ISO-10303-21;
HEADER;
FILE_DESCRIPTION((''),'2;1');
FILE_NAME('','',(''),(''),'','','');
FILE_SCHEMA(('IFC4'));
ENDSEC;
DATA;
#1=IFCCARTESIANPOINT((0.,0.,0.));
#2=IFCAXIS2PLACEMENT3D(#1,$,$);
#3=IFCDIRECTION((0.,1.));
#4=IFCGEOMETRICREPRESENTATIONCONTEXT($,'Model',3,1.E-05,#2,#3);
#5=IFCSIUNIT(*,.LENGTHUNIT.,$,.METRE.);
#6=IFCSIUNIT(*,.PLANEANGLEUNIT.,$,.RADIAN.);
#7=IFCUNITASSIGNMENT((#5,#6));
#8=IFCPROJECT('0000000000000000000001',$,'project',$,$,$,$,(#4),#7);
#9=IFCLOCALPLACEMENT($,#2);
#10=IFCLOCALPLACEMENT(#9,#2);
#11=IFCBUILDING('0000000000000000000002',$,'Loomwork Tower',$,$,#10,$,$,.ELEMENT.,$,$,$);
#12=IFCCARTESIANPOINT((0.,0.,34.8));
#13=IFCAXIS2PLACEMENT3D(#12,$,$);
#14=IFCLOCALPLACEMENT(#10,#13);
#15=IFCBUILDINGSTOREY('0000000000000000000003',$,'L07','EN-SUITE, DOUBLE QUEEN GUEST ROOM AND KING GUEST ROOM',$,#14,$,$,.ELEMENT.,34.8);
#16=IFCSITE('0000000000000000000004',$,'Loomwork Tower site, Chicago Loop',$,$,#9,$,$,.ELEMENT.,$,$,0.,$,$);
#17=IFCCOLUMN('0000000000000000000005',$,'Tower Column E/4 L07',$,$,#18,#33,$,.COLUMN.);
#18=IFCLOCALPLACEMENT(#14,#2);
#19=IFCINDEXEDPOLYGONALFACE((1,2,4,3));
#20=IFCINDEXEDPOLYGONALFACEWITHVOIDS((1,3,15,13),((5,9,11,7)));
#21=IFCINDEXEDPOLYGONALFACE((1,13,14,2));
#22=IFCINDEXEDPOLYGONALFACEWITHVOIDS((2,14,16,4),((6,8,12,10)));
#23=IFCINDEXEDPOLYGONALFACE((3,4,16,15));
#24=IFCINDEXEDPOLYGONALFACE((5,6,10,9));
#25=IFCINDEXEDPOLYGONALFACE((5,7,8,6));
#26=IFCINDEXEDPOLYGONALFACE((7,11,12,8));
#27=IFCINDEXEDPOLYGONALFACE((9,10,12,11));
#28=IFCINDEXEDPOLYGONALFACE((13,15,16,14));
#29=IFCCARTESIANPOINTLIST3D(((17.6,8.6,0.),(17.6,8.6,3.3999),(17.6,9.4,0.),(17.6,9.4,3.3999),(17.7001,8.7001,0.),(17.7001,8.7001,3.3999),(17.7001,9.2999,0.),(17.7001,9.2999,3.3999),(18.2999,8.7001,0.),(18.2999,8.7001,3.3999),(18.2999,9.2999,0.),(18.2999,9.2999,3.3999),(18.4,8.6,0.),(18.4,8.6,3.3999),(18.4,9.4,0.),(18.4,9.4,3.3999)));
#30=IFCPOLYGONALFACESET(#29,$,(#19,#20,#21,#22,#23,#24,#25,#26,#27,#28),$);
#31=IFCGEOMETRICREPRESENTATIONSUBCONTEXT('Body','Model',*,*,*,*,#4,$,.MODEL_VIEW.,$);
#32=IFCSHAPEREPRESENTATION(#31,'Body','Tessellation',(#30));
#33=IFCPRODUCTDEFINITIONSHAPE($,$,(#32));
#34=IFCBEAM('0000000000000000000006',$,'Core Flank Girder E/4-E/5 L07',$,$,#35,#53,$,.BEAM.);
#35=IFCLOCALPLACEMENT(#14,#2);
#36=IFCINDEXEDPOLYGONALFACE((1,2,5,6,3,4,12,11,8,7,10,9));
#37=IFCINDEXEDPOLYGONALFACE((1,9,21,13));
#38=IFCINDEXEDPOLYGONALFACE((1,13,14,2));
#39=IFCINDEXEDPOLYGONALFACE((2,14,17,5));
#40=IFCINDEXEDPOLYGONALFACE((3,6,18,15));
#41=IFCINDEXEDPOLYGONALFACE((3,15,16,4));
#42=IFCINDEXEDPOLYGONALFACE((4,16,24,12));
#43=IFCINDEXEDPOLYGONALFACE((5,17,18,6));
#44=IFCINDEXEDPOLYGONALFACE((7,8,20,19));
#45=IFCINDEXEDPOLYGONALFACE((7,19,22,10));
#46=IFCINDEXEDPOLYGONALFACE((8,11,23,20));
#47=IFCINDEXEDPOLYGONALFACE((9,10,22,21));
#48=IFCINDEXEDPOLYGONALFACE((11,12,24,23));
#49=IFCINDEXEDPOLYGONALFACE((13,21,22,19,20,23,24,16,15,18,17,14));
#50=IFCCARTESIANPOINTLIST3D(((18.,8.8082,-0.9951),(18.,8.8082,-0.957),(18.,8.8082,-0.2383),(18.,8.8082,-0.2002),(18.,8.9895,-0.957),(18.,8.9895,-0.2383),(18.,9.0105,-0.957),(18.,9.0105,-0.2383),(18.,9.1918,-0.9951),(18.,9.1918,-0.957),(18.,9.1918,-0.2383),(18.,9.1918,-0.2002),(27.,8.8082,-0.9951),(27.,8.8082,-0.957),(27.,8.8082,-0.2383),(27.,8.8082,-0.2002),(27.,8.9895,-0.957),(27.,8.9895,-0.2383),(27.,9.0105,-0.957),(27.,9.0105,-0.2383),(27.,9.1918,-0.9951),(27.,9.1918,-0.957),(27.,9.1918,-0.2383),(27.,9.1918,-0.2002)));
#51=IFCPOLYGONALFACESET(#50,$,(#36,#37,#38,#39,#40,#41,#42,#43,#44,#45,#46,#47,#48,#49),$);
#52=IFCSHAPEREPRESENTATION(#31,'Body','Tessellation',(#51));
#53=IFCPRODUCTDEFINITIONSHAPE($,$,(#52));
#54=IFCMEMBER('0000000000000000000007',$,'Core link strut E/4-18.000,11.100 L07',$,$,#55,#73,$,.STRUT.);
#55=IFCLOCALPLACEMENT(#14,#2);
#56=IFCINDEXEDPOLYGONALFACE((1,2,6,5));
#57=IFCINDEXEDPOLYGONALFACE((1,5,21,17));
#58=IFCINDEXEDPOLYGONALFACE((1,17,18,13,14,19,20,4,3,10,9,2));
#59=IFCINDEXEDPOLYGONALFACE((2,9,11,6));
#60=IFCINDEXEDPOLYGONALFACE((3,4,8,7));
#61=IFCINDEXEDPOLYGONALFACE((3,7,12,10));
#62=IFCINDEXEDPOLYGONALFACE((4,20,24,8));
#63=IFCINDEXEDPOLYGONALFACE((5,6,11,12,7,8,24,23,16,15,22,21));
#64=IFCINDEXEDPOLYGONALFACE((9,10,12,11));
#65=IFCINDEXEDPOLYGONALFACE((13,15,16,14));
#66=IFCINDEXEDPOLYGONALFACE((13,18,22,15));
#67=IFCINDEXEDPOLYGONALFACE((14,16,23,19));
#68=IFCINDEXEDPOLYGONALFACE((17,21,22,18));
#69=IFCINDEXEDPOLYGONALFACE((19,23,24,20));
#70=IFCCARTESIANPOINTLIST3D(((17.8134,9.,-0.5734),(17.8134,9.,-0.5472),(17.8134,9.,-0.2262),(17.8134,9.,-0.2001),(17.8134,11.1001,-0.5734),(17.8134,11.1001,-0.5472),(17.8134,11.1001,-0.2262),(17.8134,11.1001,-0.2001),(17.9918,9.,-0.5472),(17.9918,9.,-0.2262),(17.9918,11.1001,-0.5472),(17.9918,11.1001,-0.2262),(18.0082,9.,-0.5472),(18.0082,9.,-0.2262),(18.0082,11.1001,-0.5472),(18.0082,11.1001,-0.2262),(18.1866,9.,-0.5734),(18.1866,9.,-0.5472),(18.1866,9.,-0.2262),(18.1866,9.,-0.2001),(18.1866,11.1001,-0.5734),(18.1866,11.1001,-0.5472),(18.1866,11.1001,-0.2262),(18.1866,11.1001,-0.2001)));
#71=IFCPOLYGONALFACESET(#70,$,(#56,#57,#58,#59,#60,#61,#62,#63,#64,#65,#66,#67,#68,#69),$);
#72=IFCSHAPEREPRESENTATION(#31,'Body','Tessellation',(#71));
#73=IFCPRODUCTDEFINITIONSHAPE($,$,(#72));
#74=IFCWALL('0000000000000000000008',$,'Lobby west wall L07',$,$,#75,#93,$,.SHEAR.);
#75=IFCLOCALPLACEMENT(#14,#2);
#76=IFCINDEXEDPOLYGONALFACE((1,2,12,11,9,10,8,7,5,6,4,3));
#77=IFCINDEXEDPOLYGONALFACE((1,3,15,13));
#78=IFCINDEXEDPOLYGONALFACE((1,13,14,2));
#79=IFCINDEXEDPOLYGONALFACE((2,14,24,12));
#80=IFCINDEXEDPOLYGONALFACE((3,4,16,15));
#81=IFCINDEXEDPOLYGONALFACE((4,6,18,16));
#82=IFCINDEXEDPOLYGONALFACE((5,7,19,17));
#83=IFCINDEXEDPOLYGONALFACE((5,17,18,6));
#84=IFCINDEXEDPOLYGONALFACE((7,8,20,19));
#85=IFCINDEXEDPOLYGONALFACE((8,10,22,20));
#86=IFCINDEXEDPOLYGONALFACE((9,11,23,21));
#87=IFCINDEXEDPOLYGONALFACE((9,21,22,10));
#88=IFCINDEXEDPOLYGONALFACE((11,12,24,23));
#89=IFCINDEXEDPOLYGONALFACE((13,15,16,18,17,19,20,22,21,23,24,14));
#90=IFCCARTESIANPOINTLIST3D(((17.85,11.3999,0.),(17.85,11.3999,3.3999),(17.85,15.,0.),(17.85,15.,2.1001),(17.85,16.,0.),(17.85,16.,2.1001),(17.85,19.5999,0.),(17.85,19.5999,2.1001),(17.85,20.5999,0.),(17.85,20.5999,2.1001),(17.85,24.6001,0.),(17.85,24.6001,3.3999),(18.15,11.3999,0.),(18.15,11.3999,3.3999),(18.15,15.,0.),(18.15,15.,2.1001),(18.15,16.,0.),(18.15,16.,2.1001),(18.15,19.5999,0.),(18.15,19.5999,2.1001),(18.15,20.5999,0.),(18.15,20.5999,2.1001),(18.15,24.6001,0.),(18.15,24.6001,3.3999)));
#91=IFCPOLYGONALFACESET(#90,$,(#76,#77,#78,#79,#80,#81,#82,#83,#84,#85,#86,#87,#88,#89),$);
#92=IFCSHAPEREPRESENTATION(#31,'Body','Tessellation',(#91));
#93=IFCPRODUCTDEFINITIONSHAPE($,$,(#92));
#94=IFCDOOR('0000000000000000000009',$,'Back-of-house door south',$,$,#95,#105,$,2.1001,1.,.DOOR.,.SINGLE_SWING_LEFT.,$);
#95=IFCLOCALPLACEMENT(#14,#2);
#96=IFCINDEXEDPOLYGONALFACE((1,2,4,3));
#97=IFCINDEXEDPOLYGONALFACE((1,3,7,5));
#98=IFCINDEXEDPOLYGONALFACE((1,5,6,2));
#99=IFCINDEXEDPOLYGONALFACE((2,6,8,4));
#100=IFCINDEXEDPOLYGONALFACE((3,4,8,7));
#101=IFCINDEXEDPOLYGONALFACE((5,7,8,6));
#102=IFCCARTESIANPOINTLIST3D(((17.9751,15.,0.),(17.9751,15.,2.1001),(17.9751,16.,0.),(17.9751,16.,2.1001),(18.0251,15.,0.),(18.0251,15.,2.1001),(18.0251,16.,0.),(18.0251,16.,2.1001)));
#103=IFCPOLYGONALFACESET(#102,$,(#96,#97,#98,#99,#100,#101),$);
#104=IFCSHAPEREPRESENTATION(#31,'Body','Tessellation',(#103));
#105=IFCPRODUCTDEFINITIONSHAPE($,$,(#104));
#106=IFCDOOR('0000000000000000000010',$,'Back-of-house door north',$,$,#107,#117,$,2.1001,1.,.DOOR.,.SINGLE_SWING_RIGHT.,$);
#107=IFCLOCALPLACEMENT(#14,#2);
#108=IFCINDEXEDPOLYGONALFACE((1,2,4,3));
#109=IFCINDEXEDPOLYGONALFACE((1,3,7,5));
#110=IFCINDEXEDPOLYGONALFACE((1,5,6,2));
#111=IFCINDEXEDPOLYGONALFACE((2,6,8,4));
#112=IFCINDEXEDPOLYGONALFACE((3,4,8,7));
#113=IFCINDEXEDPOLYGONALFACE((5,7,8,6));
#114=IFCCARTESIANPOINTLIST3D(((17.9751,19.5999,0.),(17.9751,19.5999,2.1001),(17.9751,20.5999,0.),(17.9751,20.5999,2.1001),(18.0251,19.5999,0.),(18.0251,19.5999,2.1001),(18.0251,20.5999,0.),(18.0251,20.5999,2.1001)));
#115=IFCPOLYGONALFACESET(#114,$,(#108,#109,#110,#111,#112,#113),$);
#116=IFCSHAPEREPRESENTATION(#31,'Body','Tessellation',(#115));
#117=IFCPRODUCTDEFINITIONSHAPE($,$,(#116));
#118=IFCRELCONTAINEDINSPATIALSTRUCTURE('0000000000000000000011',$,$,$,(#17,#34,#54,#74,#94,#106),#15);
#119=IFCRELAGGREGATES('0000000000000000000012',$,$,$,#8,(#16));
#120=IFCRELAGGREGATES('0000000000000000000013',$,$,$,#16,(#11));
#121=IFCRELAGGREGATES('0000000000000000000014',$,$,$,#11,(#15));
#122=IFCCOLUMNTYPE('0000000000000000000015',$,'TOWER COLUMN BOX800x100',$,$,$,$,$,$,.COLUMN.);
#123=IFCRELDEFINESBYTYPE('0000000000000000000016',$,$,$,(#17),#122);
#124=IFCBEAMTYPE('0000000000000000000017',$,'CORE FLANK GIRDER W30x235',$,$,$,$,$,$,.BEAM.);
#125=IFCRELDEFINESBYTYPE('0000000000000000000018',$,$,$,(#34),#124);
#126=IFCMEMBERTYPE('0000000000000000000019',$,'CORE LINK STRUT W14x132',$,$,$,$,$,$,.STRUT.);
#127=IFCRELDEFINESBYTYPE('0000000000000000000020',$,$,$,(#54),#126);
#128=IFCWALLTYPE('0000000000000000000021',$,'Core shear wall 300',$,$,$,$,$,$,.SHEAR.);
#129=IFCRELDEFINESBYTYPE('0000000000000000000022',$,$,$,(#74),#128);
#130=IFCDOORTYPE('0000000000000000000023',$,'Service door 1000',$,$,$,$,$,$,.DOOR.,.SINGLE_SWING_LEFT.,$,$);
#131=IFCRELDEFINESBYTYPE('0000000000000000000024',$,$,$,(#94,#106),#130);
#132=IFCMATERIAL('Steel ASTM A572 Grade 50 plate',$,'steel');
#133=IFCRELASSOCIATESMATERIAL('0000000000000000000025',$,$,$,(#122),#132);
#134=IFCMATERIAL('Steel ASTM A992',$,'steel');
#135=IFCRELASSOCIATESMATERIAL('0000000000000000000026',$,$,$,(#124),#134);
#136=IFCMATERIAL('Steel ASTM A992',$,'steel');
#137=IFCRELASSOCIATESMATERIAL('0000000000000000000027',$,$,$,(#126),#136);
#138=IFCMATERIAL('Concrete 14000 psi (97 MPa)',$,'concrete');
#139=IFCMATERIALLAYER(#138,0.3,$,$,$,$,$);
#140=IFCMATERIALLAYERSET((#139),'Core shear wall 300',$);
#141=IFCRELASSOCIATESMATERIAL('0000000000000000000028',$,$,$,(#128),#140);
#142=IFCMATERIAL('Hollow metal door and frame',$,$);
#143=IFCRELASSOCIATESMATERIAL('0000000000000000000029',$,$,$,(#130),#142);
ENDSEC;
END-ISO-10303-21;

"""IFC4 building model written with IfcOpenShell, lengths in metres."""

from ifc_helpers import new_model, si_unit, direction, frame, frame_2d, origin, origin_2d, place, context, subcontext, project, spatial, rectangle, hollow_rectangle, i_section, extrude, material, layer, layer_set, material_profile, profile_set, type_object, element, fill, save


model = new_model("IFC4")

# Units and contexts
model_context = context("Model", 3, precision=1e-05, world=origin(), true_north=direction((0.0, 1.0)))
body_context = subcontext(model_context, "Body", "Model", "MODEL_VIEW")
ifc_project = project(units=[si_unit("LENGTHUNIT", "METRE"), si_unit("PLANEANGLEUNIT", "RADIAN")], contexts=[model_context])

# Site, building, storey
site_placement = place(None, origin())
site = spatial("IfcSite", under=ifc_project, at=site_placement, Name="Loomwork Tower site, Chicago Loop", CompositionType="ELEMENT", RefElevation=0.0)
building_placement = place(site_placement, origin())
building = spatial("IfcBuilding", under=site, at=building_placement, Name="Loomwork Tower", CompositionType="ELEMENT")
storey_placement = place(building_placement, frame((0.0, 0.0, 34.8)))
storey = spatial("IfcBuildingStorey", under=building, at=storey_placement, Name="L07", Description="EN-SUITE, DOUBLE QUEEN GUEST ROOM AND KING GUEST ROOM", CompositionType="ELEMENT", Elevation=34.8)

# Column
ifc_material_1 = material(Name="Steel ASTM A572 Grade 50 plate", Category="steel")
ifc_material_profile_1 = material_profile(ifc_material_1, hollow_rectangle(XDim=0.8, YDim=0.8, WallThickness=0.1001, at=origin_2d()), Name="BOX800x100")
ifc_profile_set_1 = profile_set([ifc_material_profile_1], Name="Steel ASTM A572 Grade 50 plate")
column_type = type_object("IfcColumnType", Name="TOWER COLUMN BOX800x100", PredefinedType="COLUMN", material=ifc_profile_set_1)
column_placement = place(storey_placement, frame((18.0, 9.0, 0.0), z_axis=(0.0, 0.0, 1.0), x_axis=(1.0, 0.0, 0.0)))
element("IfcColumn", 1, at=column_placement, inside=storey, type_object=column_type, Name="Tower Column E/4 L07", PredefinedType="COLUMN", context=body_context, shape_type="SweptSolid", body=[
    extrude(hollow_rectangle(XDim=0.8, YDim=0.8, WallThickness=0.1001, at=origin_2d()), origin(), (0.0, 0.0, 1.0), 3.3999),
])

# Beam
ifc_material_2 = material(Name="Steel ASTM A992", Category="steel")
ifc_material_profile_2 = material_profile(ifc_material_2, i_section(OverallWidth=0.3835, OverallDepth=0.7949, WebThickness=0.021, FlangeThickness=0.0381, at=origin_2d()), Name="W30x235")
ifc_profile_set_2 = profile_set([ifc_material_profile_2], Name="Steel ASTM A992")
beam_type = type_object("IfcBeamType", Name="CORE FLANK GIRDER W30x235", PredefinedType="BEAM", material=ifc_profile_set_2)
beam_placement = place(storey_placement, frame((18.0, 9.0, -0.5977), z_axis=(1.0, 0.0, 0.0), x_axis=(0.0, 1.0, 0.0)))
element("IfcBeam", 2, at=beam_placement, inside=storey, type_object=beam_type, Name="Core Flank Girder E/4-E/5 L07", PredefinedType="BEAM", context=body_context, shape_type="SweptSolid", body=[
    extrude(i_section(OverallWidth=0.3835, OverallDepth=0.7949, WebThickness=0.021, FlangeThickness=0.0381, at=origin_2d()), origin(), (0.0, 0.0, 1.0), 9.0),
])

# Member
ifc_material_3 = material(Name="Steel ASTM A992", Category="steel")
ifc_material_profile_3 = material_profile(ifc_material_3, i_section(OverallWidth=0.3733, OverallDepth=0.3733, WebThickness=0.0164, FlangeThickness=0.0261, at=origin_2d()), Name="W14x132")
ifc_profile_set_3 = profile_set([ifc_material_profile_3], Name="Steel ASTM A992")
member_type = type_object("IfcMemberType", Name="CORE LINK STRUT W14x132", PredefinedType="STRUT", material=ifc_profile_set_3)
member_placement = place(storey_placement, frame((18.0, 9.0, -0.3867), z_axis=(0.0, 1.0, 0.0), x_axis=(-1.0, 0.0, 0.0)))
element("IfcMember", 3, at=member_placement, inside=storey, type_object=member_type, Name="Core link strut E/4-18.000,11.100 L07", PredefinedType="STRUT", context=body_context, shape_type="SweptSolid", body=[
    extrude(i_section(OverallWidth=0.3733, OverallDepth=0.3733, WebThickness=0.0164, FlangeThickness=0.0261, at=origin_2d()), origin(), (0.0, 0.0, 1.0), 2.1001),
])

# Wall, openings, doors
ifc_material_4 = material(Name="Concrete 14000 psi (97 MPa)", Category="concrete")
ifc_layer_1 = layer(ifc_material_4, 0.3)
ifc_layer_set_1 = layer_set([ifc_layer_1], Name="Core shear wall 300")
wall_type_1 = type_object("IfcWallType", Name="Core shear wall 300", PredefinedType="SHEAR", material=ifc_layer_set_1)
wall_1_placement = place(storey_placement, frame((18.0, 11.3999, 0.0), z_axis=(0.0, 0.0, 1.0), x_axis=(0.0, 1.0, 0.0)))
wall_1 = element("IfcWall", 4, at=wall_1_placement, inside=storey, type_object=wall_type_1, Name="Lobby west wall L07", PredefinedType="SHEAR", context=body_context, shape_type="SweptSolid", body=[
    extrude(rectangle(XDim=13.2002, YDim=0.3, at=frame_2d((6.6001, 0.0))), origin(), (0.0, 0.0, 1.0), 3.3999),
])
opening_1_placement = place(wall_1_placement, frame((3.6001, 0.0, 0.0)))
opening_1 = element("IfcOpeningElement", 5, at=opening_1_placement, cuts=wall_1, PredefinedType="OPENING", context=body_context, shape_type="SweptSolid", body=[
    extrude(rectangle(XDim=1.0, YDim=2.1001, at=frame_2d((0.5, 1.05))), frame((0.0, 0.1599, 0.0), z_axis=(0.0, -1.0, 0.0), x_axis=(1.0, 0.0, 0.0)), (0.0, 0.0, 1.0), 0.3201),
])
opening_2_placement = place(wall_1_placement, frame((8.2, 0.0, 0.0)))
opening_2 = element("IfcOpeningElement", 6, at=opening_2_placement, cuts=wall_1, PredefinedType="OPENING", context=body_context, shape_type="SweptSolid", body=[
    extrude(rectangle(XDim=1.0, YDim=2.1001, at=frame_2d((0.5, 1.05))), frame((0.0, 0.1599, 0.0), z_axis=(0.0, -1.0, 0.0), x_axis=(1.0, 0.0, 0.0)), (0.0, 0.0, 1.0), 0.3201),
])
ifc_material_5 = material(Name="Hollow metal door and frame")
door_type_1 = type_object("IfcDoorType", Name="Service door 1000", OperationType="SINGLE_SWING_LEFT", PredefinedType="DOOR", material=ifc_material_5)
door_1_placement = place(opening_1_placement, origin())
door_1 = element("IfcDoor", 7, at=door_1_placement, inside=storey, type_object=door_type_1, Name="Back-of-house door south", OperationType="SINGLE_SWING_LEFT", OverallHeight=2.1001, OverallWidth=1.0, PredefinedType="DOOR", context=body_context, shape_type="SweptSolid", body=[
    extrude(rectangle(XDim=1.0, YDim=2.1001, at=frame_2d((0.5, 1.05))), frame((0.0, 0.0249, 0.0), z_axis=(0.0, -1.0, 0.0), x_axis=(1.0, 0.0, 0.0)), (0.0, 0.0, 1.0), 0.05),
])
fill(opening_1, door_1)
door_2_placement = place(opening_2_placement, origin())
door_2 = element("IfcDoor", 8, at=door_2_placement, inside=storey, type_object=door_type_1, Name="Back-of-house door north", OperationType="SINGLE_SWING_RIGHT", OverallHeight=2.1001, OverallWidth=1.0, PredefinedType="DOOR", context=body_context, shape_type="SweptSolid", body=[
    extrude(rectangle(XDim=1.0, YDim=2.1001, at=frame_2d((0.5, 1.05))), frame((0.0, 0.0249, 0.0), z_axis=(0.0, -1.0, 0.0), x_axis=(1.0, 0.0, 0.0)), (0.0, 0.0, 1.0), 0.05),
])
fill(opening_2, door_2)

save(model, "model.ifc")
